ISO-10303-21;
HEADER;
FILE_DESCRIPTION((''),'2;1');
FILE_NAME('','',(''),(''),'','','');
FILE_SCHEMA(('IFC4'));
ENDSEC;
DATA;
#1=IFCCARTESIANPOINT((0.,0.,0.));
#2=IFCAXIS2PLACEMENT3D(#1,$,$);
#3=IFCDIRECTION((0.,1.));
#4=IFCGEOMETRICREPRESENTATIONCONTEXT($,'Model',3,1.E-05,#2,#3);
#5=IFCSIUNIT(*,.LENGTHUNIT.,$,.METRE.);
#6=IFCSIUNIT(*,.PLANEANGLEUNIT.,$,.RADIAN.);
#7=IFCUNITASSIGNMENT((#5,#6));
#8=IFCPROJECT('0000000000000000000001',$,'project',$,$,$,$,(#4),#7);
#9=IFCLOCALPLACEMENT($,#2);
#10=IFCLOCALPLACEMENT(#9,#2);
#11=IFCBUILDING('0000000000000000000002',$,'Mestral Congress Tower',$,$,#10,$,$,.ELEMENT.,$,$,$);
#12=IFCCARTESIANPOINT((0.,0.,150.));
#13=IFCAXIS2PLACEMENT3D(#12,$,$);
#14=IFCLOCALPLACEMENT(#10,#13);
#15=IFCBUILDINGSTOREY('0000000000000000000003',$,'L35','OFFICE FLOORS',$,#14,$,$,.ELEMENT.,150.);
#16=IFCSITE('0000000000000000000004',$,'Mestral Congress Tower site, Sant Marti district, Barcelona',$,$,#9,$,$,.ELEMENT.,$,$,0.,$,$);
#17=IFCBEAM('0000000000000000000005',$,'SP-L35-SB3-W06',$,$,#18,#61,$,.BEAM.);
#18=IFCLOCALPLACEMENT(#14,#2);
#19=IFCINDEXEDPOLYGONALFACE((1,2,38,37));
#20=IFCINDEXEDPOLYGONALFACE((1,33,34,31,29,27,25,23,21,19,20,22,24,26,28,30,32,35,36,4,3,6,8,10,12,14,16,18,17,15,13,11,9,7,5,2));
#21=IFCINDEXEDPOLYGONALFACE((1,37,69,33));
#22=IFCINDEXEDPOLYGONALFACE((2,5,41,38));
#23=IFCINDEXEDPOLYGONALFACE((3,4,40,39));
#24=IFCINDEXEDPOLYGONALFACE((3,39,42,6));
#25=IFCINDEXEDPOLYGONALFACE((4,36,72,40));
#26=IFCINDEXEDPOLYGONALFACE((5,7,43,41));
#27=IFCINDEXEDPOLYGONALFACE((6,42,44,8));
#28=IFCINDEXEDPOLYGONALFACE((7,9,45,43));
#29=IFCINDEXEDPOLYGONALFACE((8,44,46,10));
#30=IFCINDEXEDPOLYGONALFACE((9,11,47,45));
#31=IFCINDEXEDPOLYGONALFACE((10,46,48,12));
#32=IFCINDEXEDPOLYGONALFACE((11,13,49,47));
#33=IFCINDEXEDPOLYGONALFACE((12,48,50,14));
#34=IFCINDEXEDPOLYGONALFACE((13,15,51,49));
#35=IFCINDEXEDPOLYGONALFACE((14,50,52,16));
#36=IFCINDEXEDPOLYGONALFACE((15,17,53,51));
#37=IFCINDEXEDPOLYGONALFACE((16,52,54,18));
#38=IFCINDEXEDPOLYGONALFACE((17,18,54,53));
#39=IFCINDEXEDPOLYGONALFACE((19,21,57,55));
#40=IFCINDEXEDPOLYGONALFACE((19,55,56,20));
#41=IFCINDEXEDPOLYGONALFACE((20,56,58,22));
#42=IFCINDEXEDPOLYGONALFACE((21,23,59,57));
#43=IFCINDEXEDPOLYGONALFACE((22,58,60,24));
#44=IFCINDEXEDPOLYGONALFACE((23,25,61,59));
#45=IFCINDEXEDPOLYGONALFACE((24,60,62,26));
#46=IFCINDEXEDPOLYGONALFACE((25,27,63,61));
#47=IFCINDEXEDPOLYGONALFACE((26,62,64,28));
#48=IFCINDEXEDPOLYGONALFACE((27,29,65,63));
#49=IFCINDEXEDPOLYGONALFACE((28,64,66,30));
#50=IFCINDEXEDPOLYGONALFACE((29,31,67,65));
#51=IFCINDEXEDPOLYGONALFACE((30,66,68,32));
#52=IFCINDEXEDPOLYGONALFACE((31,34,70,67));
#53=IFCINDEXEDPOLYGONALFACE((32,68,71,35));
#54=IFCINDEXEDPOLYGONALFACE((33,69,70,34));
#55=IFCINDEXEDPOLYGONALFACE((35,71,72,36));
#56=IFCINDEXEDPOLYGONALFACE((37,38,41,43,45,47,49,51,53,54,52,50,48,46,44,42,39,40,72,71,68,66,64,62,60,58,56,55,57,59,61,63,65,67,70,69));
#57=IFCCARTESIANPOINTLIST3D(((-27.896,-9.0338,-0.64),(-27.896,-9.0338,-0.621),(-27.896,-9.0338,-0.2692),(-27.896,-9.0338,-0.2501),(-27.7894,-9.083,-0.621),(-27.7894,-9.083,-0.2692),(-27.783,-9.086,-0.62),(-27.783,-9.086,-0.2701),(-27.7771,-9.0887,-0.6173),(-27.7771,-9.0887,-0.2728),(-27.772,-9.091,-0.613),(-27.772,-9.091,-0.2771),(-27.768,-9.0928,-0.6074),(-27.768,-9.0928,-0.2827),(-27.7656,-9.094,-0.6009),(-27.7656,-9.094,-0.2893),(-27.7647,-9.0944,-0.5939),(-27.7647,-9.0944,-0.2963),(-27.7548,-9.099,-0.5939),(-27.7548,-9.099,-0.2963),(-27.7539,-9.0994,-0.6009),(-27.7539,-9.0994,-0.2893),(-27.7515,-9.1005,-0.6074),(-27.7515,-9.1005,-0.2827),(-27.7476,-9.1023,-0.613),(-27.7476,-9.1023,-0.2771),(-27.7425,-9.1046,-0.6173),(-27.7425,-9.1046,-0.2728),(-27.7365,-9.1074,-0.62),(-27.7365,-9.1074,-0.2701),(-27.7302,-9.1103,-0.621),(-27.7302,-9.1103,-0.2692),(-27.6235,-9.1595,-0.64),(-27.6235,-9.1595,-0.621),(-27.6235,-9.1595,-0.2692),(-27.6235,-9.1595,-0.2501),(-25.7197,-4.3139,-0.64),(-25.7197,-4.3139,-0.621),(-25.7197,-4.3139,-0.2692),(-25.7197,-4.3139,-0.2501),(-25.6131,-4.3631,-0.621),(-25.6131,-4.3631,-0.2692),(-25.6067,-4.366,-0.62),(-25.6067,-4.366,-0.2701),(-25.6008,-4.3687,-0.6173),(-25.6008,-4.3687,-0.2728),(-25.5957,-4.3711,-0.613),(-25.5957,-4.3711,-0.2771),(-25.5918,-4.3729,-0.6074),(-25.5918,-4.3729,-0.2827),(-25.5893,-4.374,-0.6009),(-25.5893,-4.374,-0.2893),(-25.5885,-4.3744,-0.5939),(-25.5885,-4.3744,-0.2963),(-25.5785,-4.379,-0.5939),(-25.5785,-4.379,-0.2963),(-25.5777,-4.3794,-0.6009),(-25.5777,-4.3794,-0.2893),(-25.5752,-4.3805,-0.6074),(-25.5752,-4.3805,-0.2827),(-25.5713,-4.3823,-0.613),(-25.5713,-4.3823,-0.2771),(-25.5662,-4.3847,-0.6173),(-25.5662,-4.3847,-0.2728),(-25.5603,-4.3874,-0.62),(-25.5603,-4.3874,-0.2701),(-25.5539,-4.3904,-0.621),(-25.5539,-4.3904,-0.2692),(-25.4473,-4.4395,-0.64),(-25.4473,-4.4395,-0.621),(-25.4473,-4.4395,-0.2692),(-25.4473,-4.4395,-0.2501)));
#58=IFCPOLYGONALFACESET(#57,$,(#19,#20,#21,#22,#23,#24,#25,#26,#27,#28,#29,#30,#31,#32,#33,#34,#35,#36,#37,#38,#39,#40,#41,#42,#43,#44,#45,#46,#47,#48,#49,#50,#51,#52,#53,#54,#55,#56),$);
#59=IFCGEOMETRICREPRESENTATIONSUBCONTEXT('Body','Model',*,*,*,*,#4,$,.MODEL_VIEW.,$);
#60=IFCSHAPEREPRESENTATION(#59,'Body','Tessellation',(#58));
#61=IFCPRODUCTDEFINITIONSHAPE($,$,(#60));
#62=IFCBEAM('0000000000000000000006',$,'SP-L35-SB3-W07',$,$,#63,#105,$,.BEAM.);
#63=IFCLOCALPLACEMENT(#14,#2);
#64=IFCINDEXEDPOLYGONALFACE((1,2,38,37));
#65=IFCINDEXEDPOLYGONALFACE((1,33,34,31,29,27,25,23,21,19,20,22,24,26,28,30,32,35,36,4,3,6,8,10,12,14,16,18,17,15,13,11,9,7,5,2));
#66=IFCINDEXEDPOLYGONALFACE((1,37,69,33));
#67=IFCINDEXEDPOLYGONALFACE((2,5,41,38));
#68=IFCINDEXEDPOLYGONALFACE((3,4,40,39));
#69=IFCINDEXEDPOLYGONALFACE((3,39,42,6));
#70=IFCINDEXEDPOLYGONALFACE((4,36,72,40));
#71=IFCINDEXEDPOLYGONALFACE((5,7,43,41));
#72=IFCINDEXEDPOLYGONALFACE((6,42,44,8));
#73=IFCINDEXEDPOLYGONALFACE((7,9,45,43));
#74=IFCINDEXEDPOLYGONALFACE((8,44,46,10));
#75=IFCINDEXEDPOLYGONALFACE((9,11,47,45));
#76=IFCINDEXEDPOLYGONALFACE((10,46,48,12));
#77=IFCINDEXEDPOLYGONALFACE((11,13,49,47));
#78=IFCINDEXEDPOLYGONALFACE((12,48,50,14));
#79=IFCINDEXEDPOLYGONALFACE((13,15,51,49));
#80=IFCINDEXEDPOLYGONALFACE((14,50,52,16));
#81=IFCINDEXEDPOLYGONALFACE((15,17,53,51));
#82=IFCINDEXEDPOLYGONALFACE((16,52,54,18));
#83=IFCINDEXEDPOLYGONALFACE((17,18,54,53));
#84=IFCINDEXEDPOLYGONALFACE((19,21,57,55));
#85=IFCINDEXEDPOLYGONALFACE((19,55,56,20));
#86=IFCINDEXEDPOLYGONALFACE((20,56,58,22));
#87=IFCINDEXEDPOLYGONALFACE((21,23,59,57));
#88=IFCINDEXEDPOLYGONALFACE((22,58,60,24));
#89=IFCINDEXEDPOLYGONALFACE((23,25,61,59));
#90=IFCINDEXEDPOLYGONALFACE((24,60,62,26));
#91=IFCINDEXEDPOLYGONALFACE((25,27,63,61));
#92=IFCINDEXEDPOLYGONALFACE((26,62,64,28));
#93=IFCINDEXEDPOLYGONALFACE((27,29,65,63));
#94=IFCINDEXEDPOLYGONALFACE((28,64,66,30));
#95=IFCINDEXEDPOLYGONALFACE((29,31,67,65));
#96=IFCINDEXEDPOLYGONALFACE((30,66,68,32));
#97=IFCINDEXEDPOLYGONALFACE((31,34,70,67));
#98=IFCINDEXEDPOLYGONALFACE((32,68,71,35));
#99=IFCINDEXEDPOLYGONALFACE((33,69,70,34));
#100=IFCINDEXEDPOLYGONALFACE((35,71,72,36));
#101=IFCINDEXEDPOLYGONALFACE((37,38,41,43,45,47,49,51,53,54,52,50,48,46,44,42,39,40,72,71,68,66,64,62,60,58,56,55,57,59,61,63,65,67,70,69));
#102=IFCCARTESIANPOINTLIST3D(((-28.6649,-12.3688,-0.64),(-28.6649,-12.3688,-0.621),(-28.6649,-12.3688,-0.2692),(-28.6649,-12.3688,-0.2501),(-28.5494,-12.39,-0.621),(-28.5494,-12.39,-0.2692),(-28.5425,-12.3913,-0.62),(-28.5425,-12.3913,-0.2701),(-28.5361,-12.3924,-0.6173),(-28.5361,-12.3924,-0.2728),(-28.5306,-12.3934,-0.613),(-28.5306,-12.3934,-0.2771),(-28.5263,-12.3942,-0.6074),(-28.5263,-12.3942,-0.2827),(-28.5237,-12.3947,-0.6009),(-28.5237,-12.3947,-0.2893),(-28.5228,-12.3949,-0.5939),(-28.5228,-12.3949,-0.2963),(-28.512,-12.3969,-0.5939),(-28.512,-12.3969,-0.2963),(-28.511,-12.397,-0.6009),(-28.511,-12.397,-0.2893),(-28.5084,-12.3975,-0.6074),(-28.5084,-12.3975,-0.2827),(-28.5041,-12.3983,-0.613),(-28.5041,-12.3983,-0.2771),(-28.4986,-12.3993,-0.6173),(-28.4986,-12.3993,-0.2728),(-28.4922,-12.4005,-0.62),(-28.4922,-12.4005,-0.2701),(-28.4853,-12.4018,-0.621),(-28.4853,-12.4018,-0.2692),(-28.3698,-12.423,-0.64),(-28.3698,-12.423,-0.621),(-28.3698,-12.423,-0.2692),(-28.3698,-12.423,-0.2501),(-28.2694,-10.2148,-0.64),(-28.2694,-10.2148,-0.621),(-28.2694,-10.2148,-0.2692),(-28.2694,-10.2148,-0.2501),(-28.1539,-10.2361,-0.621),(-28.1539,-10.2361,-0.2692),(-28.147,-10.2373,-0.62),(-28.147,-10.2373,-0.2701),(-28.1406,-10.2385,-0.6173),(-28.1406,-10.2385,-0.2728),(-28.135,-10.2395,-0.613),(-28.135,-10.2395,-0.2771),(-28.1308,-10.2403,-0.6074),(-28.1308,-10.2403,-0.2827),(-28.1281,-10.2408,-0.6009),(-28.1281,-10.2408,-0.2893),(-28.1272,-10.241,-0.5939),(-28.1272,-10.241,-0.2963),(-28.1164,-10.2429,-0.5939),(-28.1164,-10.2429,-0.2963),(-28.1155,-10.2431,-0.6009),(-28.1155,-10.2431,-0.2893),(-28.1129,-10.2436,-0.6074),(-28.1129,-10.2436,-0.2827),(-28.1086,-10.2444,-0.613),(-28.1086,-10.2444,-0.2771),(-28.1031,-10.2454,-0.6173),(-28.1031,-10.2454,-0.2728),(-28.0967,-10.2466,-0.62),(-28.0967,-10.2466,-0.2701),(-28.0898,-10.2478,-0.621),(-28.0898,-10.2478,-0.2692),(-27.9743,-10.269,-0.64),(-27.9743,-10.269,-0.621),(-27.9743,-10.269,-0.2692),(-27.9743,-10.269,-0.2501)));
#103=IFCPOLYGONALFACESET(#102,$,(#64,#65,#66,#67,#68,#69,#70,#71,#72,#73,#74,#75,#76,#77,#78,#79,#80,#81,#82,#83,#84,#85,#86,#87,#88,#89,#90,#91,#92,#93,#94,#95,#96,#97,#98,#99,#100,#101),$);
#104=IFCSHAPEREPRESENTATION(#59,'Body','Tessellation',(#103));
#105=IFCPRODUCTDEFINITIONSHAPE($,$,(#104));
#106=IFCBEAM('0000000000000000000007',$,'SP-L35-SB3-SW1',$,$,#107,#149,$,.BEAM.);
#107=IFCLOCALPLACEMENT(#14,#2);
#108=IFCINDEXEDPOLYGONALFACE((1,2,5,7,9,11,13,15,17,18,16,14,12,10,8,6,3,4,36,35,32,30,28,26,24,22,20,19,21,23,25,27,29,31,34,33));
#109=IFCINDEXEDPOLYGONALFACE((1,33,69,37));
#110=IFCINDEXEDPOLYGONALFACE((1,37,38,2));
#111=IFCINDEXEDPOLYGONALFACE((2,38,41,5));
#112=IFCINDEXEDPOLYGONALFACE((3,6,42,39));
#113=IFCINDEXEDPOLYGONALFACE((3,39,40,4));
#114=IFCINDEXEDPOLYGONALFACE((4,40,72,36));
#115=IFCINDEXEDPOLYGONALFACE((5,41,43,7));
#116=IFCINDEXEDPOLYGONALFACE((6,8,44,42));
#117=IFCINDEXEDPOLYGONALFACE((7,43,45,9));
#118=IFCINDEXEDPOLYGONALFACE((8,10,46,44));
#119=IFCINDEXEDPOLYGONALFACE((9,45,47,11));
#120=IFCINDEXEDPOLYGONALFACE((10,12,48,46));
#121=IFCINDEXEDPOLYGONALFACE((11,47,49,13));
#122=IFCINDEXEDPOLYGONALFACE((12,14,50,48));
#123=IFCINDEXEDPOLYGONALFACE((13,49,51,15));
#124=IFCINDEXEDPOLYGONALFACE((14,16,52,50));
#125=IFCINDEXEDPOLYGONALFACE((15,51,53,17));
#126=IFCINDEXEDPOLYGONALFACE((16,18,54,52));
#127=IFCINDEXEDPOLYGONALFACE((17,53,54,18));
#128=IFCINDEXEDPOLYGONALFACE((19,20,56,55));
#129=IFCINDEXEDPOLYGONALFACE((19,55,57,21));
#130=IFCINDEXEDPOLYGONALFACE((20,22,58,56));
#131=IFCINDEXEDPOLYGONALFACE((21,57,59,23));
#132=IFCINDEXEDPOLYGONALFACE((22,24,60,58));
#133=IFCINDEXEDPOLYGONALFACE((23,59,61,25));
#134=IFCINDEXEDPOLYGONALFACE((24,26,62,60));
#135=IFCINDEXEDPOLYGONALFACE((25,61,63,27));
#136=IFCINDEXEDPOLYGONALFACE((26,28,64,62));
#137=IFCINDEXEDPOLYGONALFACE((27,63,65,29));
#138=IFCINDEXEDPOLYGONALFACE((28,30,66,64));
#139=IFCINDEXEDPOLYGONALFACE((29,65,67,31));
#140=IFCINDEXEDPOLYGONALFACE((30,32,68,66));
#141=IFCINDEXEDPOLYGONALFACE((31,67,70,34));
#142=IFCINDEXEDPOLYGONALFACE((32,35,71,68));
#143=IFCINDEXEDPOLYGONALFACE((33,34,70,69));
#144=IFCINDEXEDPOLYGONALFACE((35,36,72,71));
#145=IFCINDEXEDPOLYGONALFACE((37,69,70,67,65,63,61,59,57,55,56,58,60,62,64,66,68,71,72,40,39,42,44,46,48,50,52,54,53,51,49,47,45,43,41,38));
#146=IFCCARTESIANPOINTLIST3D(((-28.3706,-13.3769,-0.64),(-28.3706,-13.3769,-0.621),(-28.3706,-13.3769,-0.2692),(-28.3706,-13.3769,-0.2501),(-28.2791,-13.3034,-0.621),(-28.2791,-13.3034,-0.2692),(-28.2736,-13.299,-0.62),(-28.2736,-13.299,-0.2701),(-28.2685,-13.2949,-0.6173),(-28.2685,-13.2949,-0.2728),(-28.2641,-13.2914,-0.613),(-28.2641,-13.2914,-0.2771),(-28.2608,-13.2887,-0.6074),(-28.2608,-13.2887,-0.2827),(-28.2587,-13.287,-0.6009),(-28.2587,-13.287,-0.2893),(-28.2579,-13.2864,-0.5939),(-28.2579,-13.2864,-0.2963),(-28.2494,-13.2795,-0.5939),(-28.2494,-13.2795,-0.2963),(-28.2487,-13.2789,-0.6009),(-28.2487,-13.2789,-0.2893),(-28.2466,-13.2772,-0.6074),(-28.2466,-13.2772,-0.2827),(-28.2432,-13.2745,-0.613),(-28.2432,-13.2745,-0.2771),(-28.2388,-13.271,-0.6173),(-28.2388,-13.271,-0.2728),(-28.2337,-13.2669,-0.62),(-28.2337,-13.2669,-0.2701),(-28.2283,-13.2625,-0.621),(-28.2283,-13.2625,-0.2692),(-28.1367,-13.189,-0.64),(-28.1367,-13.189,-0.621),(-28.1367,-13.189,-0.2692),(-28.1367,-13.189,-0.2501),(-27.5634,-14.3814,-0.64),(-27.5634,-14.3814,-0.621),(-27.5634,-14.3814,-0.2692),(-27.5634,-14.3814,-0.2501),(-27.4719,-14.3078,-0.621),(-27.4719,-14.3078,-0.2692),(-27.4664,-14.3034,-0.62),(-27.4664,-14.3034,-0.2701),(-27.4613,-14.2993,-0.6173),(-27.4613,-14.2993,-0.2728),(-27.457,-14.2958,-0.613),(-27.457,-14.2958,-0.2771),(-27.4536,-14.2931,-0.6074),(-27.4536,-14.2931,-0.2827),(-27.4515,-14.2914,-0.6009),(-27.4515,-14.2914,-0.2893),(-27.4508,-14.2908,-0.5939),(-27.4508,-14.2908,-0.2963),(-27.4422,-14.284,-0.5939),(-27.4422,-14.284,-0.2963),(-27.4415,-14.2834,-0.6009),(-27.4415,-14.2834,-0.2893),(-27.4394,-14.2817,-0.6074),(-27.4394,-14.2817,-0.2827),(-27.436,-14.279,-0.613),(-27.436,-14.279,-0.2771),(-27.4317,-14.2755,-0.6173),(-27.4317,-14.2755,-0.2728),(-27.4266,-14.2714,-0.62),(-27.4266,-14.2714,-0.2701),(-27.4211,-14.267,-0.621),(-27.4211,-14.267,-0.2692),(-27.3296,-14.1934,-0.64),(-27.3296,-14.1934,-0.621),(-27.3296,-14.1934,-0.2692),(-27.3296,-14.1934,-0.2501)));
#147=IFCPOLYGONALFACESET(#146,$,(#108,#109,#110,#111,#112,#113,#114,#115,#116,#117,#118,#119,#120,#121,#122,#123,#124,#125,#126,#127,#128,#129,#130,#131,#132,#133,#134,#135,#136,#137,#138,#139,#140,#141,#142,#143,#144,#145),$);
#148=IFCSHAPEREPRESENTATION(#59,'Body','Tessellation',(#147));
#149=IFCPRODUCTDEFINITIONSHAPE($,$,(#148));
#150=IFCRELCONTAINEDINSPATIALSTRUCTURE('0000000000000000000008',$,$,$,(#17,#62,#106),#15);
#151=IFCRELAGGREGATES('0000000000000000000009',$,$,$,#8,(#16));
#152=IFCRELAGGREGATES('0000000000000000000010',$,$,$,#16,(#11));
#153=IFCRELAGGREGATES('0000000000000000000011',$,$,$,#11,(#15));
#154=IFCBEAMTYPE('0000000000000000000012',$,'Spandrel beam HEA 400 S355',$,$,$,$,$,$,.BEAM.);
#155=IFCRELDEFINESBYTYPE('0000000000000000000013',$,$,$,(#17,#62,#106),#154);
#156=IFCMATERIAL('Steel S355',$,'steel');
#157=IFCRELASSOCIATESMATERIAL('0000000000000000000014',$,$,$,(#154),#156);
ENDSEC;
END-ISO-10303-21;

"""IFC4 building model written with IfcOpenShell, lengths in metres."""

from ifc_helpers import new_model, si_unit, direction, frame, origin, origin_2d, place, context, subcontext, project, spatial, i_section, extrude, material, material_profile, profile_set, type_object, element, save


model = new_model("IFC4")

# Units and contexts
model_context = context("Model", 3, precision=1e-05, world=origin(), true_north=direction((0.0, 1.0)))
body_context = subcontext(model_context, "Body", "Model", "MODEL_VIEW")
ifc_project = project(units=[si_unit("LENGTHUNIT", "METRE"), si_unit("PLANEANGLEUNIT", "RADIAN")], contexts=[model_context])

# Site, building, storey
site_placement = place(None, origin())
site = spatial("IfcSite", under=ifc_project, at=site_placement, Name="Mestral Congress Tower site, Sant Marti district, Barcelona", CompositionType="ELEMENT", RefElevation=0.0)
building_placement = place(site_placement, origin())
building = spatial("IfcBuilding", under=site, at=building_placement, Name="Mestral Congress Tower", CompositionType="ELEMENT")
storey_placement = place(building_placement, frame((0.0, 0.0, 150.0)))
storey = spatial("IfcBuildingStorey", under=building, at=storey_placement, Name="L35", Description="OFFICE FLOORS", CompositionType="ELEMENT", Elevation=150.0)

# Beams
ifc_material_1 = material(Name="Steel S355", Category="steel")
ifc_material_profile_1 = material_profile(ifc_material_1, i_section(OverallWidth=0.3, OverallDepth=0.3899, WebThickness=0.011, FlangeThickness=0.019, FilletRadius=0.0271, at=origin_2d()), Name="HEA 400")
ifc_profile_set_1 = profile_set([ifc_material_profile_1], Name="Steel S355")
beam_type_1 = type_object("IfcBeamType", Name="Spandrel beam HEA 400 S355", PredefinedType="BEAM", material=ifc_profile_set_1)
beam_1_placement = place(storey_placement, frame((-25.5835, -4.3767, -0.4451), z_axis=(-0.418713, -0.908119, 0.0), x_axis=(0.908119, -0.418713, 0.0)))
element("IfcBeam", 1, at=beam_1_placement, inside=storey, type_object=beam_type_1, Name="SP-L35-SB3-W06", PredefinedType="BEAM", context=body_context, shape_type="SweptSolid", body=[
    extrude(i_section(OverallWidth=0.3, OverallDepth=0.3899, WebThickness=0.011, FlangeThickness=0.019, FilletRadius=0.0271, at=origin_2d()), origin(), (0.0, 0.0, 1.0), 5.1975),
])
beam_2_placement = place(storey_placement, frame((-28.1218, -10.2419, -0.4451), z_axis=(-0.180612, -0.983554, 0.0), x_axis=(0.983554, -0.180612, 0.0)))
element("IfcBeam", 2, at=beam_2_placement, inside=storey, type_object=beam_type_1, Name="SP-L35-SB3-W07", PredefinedType="BEAM", context=body_context, shape_type="SweptSolid", body=[
    extrude(i_section(OverallWidth=0.3, OverallDepth=0.3899, WebThickness=0.011, FlangeThickness=0.019, FilletRadius=0.0271, at=origin_2d()), origin(), (0.0, 0.0, 1.0), 2.1899),
])
beam_3_placement = place(storey_placement, frame((-28.2537, -13.283, -0.4451), z_axis=(0.626403, -0.779499, 0.0), x_axis=(0.779499, 0.626403, 0.0)))
element("IfcBeam", 3, at=beam_3_placement, inside=storey, type_object=beam_type_1, Name="SP-L35-SB3-SW1", PredefinedType="BEAM", context=body_context, shape_type="SweptSolid", body=[
    extrude(i_section(OverallWidth=0.3, OverallDepth=0.3899, WebThickness=0.011, FlangeThickness=0.019, FilletRadius=0.0271, at=origin_2d()), origin(), (0.0, 0.0, 1.0), 1.2886),
])

save(model, "model.ifc")
